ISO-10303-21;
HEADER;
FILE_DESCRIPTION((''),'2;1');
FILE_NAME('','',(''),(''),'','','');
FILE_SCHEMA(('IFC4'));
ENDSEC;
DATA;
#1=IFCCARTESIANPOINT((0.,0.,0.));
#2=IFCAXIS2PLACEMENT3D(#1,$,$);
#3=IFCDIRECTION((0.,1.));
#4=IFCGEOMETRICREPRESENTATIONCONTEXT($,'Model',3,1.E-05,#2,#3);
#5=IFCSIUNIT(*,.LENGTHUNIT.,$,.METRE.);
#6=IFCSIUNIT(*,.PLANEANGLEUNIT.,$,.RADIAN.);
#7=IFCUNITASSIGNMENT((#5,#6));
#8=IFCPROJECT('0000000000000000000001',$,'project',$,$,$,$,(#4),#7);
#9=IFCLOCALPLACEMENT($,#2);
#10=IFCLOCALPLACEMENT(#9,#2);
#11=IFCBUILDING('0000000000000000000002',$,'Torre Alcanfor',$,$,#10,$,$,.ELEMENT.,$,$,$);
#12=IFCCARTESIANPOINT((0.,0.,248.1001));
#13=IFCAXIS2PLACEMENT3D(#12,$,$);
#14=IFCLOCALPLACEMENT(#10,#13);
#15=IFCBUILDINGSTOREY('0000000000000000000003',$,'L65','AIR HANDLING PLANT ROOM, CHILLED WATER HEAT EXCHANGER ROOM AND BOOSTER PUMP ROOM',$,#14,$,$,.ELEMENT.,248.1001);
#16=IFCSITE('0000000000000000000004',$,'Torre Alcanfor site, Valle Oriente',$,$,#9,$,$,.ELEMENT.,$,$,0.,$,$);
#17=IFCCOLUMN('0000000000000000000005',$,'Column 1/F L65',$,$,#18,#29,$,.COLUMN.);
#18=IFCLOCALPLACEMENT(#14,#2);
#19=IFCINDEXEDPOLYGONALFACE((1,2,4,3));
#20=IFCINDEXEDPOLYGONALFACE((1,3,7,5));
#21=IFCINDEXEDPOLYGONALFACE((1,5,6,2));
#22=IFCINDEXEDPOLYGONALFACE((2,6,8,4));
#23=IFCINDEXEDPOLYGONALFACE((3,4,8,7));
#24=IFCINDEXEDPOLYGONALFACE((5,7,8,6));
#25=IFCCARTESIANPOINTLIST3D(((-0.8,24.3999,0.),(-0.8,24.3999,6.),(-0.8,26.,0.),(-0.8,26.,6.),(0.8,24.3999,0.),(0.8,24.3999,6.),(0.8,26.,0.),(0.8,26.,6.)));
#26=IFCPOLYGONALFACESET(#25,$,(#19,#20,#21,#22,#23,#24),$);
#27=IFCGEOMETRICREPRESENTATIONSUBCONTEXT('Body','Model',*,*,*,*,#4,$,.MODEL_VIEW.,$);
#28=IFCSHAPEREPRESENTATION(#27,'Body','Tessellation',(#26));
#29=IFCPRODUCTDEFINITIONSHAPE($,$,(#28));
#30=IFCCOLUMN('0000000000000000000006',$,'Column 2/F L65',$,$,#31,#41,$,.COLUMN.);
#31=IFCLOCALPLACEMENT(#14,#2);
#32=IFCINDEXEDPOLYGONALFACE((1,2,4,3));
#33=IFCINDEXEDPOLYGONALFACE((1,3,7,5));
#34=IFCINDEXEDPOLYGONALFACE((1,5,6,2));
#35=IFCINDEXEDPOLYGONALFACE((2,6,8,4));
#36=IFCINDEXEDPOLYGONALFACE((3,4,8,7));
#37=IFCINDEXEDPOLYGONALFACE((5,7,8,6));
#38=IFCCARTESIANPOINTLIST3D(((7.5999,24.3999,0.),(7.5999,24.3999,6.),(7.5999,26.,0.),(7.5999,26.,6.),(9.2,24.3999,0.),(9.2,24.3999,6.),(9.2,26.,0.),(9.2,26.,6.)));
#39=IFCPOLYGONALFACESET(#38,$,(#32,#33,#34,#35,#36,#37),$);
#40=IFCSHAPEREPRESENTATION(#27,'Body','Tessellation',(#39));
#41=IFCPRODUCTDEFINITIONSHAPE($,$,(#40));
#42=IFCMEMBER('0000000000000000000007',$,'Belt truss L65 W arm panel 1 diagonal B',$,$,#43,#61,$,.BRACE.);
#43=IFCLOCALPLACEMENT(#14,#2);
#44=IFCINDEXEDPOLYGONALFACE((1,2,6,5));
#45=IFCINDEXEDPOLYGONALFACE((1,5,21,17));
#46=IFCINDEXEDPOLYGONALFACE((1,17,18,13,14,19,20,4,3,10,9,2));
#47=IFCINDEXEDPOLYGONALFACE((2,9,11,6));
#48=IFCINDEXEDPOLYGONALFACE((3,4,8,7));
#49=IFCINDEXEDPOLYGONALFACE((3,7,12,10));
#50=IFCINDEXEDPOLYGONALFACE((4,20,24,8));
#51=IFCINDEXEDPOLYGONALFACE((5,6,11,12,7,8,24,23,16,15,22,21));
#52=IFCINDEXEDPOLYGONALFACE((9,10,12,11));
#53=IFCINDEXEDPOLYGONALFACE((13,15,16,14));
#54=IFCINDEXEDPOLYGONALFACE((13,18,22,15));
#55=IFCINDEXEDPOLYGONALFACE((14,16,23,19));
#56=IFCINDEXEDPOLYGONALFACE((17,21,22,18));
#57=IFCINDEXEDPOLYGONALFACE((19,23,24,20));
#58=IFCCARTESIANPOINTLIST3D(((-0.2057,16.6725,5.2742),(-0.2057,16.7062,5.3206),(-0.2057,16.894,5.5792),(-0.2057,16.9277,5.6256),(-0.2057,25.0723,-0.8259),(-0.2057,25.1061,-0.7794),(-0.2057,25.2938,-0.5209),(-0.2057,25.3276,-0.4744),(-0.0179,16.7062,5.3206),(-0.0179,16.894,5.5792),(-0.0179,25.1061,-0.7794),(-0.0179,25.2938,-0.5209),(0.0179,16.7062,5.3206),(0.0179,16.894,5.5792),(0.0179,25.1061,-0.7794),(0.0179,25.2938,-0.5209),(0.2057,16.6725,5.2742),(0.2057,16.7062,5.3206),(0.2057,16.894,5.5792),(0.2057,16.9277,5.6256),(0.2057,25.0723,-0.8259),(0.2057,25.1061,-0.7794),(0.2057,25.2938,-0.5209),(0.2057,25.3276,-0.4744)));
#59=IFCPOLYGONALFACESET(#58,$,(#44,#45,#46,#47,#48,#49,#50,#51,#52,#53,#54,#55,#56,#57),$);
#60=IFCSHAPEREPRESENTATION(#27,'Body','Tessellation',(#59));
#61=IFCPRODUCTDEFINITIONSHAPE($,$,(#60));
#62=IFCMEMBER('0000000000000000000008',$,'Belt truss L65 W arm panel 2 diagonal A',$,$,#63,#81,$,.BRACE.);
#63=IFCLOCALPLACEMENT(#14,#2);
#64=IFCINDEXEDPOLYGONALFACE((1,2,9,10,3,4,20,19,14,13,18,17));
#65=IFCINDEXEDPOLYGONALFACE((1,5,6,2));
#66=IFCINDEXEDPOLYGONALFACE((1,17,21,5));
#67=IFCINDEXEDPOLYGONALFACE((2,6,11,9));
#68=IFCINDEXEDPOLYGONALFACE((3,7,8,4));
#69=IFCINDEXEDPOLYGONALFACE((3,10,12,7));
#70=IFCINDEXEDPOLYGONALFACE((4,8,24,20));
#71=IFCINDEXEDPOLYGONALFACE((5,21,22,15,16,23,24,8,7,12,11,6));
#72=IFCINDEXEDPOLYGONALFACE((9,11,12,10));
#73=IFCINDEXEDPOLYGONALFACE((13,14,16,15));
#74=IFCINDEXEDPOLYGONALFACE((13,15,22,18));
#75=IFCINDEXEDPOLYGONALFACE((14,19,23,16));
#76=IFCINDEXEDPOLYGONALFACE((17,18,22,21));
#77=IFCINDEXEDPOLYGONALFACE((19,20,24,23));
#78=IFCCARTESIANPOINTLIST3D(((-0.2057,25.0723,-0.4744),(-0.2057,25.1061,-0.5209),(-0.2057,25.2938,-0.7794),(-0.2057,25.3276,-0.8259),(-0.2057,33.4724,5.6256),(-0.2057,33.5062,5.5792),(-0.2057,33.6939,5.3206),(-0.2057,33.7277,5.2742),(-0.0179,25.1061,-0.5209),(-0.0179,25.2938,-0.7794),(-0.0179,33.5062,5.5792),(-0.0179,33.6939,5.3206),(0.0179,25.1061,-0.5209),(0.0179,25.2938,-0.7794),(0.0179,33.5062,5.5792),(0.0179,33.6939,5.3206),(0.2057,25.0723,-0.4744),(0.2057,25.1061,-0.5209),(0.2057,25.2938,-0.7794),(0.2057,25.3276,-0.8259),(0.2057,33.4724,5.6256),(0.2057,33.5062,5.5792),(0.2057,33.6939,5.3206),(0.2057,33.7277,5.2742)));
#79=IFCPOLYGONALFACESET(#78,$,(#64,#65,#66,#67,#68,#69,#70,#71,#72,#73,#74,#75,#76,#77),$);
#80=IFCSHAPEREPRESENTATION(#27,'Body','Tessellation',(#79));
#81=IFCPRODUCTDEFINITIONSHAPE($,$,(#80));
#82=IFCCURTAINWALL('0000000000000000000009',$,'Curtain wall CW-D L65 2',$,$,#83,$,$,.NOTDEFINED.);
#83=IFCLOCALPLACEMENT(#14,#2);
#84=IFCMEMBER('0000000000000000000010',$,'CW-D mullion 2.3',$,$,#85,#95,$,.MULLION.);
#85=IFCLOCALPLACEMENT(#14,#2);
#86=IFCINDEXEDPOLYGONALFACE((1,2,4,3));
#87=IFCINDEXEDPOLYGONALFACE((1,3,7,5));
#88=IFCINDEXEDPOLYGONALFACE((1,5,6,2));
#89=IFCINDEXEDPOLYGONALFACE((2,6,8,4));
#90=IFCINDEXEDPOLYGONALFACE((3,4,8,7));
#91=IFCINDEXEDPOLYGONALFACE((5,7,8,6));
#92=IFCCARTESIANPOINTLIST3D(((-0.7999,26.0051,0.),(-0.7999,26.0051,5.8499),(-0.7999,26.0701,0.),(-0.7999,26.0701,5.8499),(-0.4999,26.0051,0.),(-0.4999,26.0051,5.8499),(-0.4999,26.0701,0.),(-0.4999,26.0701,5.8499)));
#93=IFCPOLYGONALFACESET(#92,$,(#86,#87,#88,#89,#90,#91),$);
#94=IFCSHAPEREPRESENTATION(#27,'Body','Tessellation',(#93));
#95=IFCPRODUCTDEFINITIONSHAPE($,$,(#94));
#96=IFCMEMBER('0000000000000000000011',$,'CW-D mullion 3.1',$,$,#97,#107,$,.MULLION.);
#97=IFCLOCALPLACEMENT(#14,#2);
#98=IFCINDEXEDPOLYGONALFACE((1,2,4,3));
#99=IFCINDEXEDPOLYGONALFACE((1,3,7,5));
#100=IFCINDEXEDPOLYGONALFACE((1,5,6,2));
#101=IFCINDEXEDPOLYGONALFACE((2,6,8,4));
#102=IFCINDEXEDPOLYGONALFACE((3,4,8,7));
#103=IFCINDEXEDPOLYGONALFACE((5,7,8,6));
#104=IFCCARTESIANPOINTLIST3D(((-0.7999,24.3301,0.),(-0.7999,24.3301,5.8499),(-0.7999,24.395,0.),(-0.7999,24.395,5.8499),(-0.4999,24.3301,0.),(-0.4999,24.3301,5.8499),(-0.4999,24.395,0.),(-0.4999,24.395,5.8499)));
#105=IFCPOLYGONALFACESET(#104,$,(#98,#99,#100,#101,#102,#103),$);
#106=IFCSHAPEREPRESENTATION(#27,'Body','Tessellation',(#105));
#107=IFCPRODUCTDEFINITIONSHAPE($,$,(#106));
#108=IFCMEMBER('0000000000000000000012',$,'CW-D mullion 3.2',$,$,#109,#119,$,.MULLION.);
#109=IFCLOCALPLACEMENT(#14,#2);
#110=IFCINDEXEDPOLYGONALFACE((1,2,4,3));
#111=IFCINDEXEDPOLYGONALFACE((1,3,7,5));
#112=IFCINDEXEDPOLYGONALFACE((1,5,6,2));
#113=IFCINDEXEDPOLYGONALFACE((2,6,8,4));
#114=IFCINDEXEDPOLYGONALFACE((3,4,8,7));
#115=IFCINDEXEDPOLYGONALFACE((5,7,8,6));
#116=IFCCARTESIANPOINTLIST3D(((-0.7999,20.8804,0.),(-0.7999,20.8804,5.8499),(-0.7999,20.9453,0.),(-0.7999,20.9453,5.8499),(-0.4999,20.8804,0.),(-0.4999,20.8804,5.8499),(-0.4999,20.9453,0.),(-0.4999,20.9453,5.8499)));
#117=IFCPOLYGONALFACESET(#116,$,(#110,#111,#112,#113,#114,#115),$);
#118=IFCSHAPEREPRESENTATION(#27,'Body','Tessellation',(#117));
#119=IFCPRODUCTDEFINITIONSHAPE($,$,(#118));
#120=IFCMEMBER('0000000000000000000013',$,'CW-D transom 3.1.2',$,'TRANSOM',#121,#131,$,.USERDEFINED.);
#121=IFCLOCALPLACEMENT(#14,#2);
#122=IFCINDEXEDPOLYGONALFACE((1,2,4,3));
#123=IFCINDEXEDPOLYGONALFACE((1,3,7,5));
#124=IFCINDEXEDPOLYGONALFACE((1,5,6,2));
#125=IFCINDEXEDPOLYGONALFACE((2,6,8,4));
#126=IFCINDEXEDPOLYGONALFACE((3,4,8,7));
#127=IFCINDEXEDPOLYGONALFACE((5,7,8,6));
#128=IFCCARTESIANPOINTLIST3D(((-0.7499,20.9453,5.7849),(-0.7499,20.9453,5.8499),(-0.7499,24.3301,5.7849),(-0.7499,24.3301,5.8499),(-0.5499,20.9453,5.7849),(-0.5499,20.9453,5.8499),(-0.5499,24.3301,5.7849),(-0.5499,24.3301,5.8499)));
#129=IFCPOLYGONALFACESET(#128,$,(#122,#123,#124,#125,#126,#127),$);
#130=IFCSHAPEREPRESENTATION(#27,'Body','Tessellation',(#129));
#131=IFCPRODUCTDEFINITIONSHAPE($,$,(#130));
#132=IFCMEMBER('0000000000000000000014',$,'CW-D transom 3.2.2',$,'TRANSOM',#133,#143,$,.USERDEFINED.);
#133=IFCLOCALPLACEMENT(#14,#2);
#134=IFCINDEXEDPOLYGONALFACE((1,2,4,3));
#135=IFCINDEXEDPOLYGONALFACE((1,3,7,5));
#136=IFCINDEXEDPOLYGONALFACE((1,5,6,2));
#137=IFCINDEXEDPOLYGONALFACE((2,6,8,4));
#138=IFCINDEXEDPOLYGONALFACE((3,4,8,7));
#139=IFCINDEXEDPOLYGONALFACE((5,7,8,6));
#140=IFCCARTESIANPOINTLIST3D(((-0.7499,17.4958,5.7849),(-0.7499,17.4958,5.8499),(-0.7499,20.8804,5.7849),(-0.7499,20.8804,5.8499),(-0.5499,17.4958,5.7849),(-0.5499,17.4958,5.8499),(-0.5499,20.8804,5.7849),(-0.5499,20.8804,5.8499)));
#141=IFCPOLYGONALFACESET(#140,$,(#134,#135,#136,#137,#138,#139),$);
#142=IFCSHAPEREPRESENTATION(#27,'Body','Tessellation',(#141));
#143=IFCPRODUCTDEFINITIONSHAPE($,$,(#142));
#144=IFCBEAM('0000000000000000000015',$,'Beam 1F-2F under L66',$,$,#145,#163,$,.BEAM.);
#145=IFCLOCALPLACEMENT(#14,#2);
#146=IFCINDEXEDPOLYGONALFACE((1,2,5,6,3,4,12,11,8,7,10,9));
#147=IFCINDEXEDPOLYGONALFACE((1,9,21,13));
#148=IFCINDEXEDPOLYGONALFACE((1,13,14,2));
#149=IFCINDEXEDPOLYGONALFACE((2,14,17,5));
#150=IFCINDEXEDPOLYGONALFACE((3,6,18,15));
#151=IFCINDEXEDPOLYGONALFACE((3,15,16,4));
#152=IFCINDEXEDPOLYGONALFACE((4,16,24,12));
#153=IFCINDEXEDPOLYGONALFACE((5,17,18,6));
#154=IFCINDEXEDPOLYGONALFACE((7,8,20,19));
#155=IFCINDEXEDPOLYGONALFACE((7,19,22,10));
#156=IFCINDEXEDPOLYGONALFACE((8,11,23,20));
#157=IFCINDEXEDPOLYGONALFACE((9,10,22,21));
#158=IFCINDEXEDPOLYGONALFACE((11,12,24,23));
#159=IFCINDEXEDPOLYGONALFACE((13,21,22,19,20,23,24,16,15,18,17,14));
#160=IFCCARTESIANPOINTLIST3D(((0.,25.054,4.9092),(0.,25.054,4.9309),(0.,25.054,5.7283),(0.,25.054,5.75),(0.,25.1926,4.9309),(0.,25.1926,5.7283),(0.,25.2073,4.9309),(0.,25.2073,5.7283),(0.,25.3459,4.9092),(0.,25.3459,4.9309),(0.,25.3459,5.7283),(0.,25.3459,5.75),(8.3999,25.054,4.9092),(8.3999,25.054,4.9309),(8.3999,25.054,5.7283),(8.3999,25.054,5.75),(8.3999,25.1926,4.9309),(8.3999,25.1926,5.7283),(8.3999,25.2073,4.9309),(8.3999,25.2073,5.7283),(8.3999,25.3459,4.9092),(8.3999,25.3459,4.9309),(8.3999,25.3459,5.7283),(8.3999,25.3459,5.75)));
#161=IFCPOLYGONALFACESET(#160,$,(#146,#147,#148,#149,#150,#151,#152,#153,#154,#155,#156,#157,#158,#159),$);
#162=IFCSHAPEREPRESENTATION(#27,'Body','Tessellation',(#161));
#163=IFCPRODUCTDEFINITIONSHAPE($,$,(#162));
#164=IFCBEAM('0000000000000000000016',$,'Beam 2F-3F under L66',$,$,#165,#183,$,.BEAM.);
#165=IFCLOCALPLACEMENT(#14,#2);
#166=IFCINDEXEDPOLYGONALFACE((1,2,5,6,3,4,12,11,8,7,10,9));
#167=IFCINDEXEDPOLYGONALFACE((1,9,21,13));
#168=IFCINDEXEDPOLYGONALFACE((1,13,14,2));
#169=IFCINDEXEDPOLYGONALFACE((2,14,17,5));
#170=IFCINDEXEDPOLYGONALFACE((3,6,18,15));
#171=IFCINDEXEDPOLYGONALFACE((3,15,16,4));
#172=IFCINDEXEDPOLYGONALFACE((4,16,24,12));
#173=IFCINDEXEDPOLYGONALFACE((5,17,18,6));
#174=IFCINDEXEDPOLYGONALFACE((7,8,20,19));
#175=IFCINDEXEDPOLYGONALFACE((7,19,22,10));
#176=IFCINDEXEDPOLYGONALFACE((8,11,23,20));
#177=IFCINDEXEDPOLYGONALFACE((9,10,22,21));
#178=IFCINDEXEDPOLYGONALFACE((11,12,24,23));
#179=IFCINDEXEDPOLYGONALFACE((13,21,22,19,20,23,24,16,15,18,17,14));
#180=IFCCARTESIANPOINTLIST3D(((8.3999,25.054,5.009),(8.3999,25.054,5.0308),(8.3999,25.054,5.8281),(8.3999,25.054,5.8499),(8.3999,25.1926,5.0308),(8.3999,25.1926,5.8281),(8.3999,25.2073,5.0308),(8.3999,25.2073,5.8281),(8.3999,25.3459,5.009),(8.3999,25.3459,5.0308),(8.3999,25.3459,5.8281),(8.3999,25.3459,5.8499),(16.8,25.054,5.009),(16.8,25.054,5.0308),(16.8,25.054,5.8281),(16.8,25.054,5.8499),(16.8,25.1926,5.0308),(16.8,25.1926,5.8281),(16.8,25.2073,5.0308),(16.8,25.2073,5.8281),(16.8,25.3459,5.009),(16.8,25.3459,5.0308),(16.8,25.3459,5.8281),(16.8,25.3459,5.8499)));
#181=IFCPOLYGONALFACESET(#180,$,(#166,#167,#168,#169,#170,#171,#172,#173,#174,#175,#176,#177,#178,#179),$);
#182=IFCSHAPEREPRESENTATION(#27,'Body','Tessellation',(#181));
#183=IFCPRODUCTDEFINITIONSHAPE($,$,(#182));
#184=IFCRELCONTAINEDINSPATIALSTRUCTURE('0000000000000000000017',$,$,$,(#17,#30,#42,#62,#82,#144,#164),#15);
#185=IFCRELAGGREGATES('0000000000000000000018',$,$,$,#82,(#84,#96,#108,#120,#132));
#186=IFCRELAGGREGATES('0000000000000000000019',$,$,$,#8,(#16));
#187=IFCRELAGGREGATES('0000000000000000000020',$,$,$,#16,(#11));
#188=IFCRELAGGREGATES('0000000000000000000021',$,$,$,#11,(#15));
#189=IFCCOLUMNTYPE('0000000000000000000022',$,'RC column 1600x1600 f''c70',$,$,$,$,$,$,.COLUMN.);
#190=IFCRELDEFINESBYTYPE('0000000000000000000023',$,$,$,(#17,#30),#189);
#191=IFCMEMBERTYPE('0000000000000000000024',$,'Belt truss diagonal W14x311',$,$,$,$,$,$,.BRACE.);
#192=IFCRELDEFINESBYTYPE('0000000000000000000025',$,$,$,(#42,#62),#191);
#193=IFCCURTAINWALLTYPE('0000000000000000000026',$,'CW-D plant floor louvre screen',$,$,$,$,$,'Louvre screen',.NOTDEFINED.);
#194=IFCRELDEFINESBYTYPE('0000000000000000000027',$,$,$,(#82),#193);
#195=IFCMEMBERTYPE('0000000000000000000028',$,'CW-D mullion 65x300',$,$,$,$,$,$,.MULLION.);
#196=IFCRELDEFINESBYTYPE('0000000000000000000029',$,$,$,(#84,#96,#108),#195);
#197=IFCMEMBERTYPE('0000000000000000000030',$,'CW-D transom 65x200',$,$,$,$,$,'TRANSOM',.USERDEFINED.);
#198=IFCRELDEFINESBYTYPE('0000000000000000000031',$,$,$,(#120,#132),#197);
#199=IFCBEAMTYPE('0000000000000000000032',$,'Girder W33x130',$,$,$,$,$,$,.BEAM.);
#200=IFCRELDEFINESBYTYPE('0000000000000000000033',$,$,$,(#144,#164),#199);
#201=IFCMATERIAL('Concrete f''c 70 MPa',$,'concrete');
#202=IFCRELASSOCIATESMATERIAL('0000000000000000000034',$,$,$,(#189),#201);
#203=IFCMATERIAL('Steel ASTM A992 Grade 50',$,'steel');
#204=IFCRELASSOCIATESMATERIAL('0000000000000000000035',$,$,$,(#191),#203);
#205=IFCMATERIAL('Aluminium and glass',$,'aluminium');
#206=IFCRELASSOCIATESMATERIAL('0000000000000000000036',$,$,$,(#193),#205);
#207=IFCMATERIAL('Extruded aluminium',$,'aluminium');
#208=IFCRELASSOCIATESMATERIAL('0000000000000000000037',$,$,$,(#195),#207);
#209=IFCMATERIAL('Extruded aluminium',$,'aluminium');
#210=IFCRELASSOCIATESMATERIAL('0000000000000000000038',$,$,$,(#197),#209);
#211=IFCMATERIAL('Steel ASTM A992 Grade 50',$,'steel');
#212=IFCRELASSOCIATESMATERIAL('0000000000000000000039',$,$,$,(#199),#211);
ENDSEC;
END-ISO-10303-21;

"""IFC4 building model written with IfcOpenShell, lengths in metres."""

from ifc_helpers import new_model, si_unit, direction, frame, origin, origin_2d, place, context, subcontext, project, spatial, rectangle, i_section, extrude, material, material_profile, profile_set, type_object, element, aggregate, save


model = new_model("IFC4")

# Units and contexts
model_context = context("Model", 3, precision=1e-05, world=origin(), true_north=direction((0.0, 1.0)))
body_context = subcontext(model_context, "Body", "Model", "MODEL_VIEW")
ifc_project = project(units=[si_unit("LENGTHUNIT", "METRE"), si_unit("PLANEANGLEUNIT", "RADIAN")], contexts=[model_context])

# Site, building, storey
site_placement = place(None, origin())
site = spatial("IfcSite", under=ifc_project, at=site_placement, Name="Torre Alcanfor site, Valle Oriente", CompositionType="ELEMENT", RefElevation=0.0)
building_placement = place(site_placement, origin())
building = spatial("IfcBuilding", under=site, at=building_placement, Name="Torre Alcanfor", CompositionType="ELEMENT")
storey_placement = place(building_placement, frame((0.0, 0.0, 248.1001)))
storey = spatial("IfcBuildingStorey", under=building, at=storey_placement, Name="L65", Description="AIR HANDLING PLANT ROOM, CHILLED WATER HEAT EXCHANGER ROOM AND BOOSTER PUMP ROOM", CompositionType="ELEMENT", Elevation=248.1001)

# Columns
ifc_material_1 = material(Name="Concrete f'c 70 MPa", Category="concrete")
ifc_material_profile_1 = material_profile(ifc_material_1, rectangle(XDim=1.6001, YDim=1.6001, at=origin_2d()), Name="1600x1600")
ifc_profile_set_1 = profile_set([ifc_material_profile_1], Name="Concrete f'c 70 MPa")
column_type = type_object("IfcColumnType", Name="RC column 1600x1600 f'c70", PredefinedType="COLUMN", material=ifc_profile_set_1)
for number, where, z_axis, x_axis, name in (
    (1, (0.0, 25.2, 0.0), (0.0, 0.0, 1.0), (1.0, 0.0, 0.0), "Column 1/F L65"),
    (2, (8.3999, 25.2, 0.0), (0.0, 0.0, 1.0), (1.0, 0.0, 0.0), "Column 2/F L65"),
):
    element("IfcColumn", number, at=place(storey_placement, frame(where, z_axis=z_axis, x_axis=x_axis)), inside=storey, type_object=column_type, Name=name, PredefinedType="COLUMN", context=body_context, shape_type="SweptSolid", body=[
        extrude(rectangle(XDim=1.6001, YDim=1.6001, at=origin_2d()), origin(), (0.0, 0.0, 1.0), 6.0),
    ])

# Members
ifc_material_2 = material(Name="Steel ASTM A992 Grade 50", Category="steel")
ifc_material_profile_2 = material_profile(ifc_material_2, i_section(OverallWidth=0.4114, OverallDepth=0.4343, WebThickness=0.0359, FlangeThickness=0.0574, at=origin_2d()), Name="W14x311")
ifc_profile_set_2 = profile_set([ifc_material_profile_2], Name="Steel ASTM A992 Grade 50")
member_type_1 = type_object("IfcMemberType", Name="Belt truss diagonal W14x311", PredefinedType="BRACE", material=ifc_profile_set_2)
member_1_placement = place(storey_placement, frame((0.0, 25.2, -0.6501), z_axis=(0.0, -0.809145, 0.587609), x_axis=(1.0, 0.0, 0.0)))
element("IfcMember", 3, at=member_1_placement, inside=storey, type_object=member_type_1, Name="Belt truss L65 W arm panel 1 diagonal B", PredefinedType="BRACE", context=body_context, shape_type="SweptSolid", body=[
    extrude(i_section(OverallWidth=0.4114, OverallDepth=0.4343, WebThickness=0.0359, FlangeThickness=0.0574, at=origin_2d()), origin(), (0.0, 0.0, 1.0), 10.3811),
])
member_2_placement = place(storey_placement, frame((0.0, 25.2, -0.6501), z_axis=(0.0, 0.809153, 0.587598), x_axis=(-1.0, 0.0, 0.0)))
element("IfcMember", 4, at=member_2_placement, inside=storey, type_object=member_type_1, Name="Belt truss L65 W arm panel 2 diagonal A", PredefinedType="BRACE", context=body_context, shape_type="SweptSolid", body=[
    extrude(i_section(OverallWidth=0.4114, OverallDepth=0.4343, WebThickness=0.0359, FlangeThickness=0.0574, at=origin_2d()), origin(), (0.0, 0.0, 1.0), 10.3813),
])

# Curtain wall, members
ifc_material_3 = material(Name="Aluminium and glass", Category="aluminium")
curtain_wall_type = type_object("IfcCurtainWallType", Name="CW-D plant floor louvre screen", ElementType="Louvre screen", PredefinedType="NOTDEFINED", material=ifc_material_3)
curtain_wall_placement = place(storey_placement, origin())
curtain_wall = element("IfcCurtainWall", 5, at=curtain_wall_placement, inside=storey, type_object=curtain_wall_type, Name="Curtain wall CW-D L65 2", PredefinedType="NOTDEFINED")
ifc_material_4 = material(Name="Extruded aluminium", Category="aluminium")
ifc_material_profile_3 = material_profile(ifc_material_4, rectangle(XDim=0.3, YDim=0.0649, at=origin_2d()), Name="CW-D mullion 65x300")
ifc_profile_set_3 = profile_set([ifc_material_profile_3], Name="Extruded aluminium")
member_type_2 = type_object("IfcMemberType", Name="CW-D mullion 65x300", PredefinedType="MULLION", material=ifc_profile_set_3)
member_3_placement = place(storey_placement, frame((-0.6499, 26.0376, 0.0), z_axis=(0.0, 0.0, 1.0), x_axis=(1.0, 0.0, 0.0)))
member_3 = element("IfcMember", 6, at=member_3_placement, type_object=member_type_2, Name="CW-D mullion 2.3", PredefinedType="MULLION", context=body_context, shape_type="SweptSolid", body=[
    extrude(rectangle(XDim=0.3, YDim=0.0649, at=origin_2d()), origin(), (0.0, 0.0, 1.0), 5.8499),
])
member_4_placement = place(storey_placement, frame((-0.6499, 24.3625, 0.0), z_axis=(0.0, 0.0, 1.0), x_axis=(1.0, 0.0, 0.0)))
member_4 = element("IfcMember", 7, at=member_4_placement, type_object=member_type_2, Name="CW-D mullion 3.1", PredefinedType="MULLION", context=body_context, shape_type="SweptSolid", body=[
    extrude(rectangle(XDim=0.3, YDim=0.0649, at=origin_2d()), origin(), (0.0, 0.0, 1.0), 5.8499),
])
member_5_placement = place(storey_placement, frame((-0.6499, 20.9128, 0.0), z_axis=(0.0, 0.0, 1.0), x_axis=(1.0, 0.0, 0.0)))
member_5 = element("IfcMember", 8, at=member_5_placement, type_object=member_type_2, Name="CW-D mullion 3.2", PredefinedType="MULLION", context=body_context, shape_type="SweptSolid", body=[
    extrude(rectangle(XDim=0.3, YDim=0.0649, at=origin_2d()), origin(), (0.0, 0.0, 1.0), 5.8499),
])
ifc_material_5 = material(Name="Extruded aluminium", Category="aluminium")
ifc_material_profile_4 = material_profile(ifc_material_5, rectangle(XDim=0.2, YDim=0.0649, at=origin_2d()), Name="CW-D transom 200x65")
ifc_profile_set_4 = profile_set([ifc_material_profile_4], Name="Extruded aluminium")
member_type_3 = type_object("IfcMemberType", Name="CW-D transom 65x200", ElementType="TRANSOM", PredefinedType="USERDEFINED", material=ifc_profile_set_4)
member_6_placement = place(storey_placement, frame((-0.6499, 24.3301, 5.8174), z_axis=(0.0, -1.0, 0.0), x_axis=(1.0, 0.0, 0.0)))
member_6 = element("IfcMember", 9, at=member_6_placement, type_object=member_type_3, Name="CW-D transom 3.1.2", ObjectType="TRANSOM", PredefinedType="USERDEFINED", context=body_context, shape_type="SweptSolid", body=[
    extrude(rectangle(XDim=0.2, YDim=0.0649, at=origin_2d()), origin(), (0.0, 0.0, 1.0), 3.3848),
])
member_7_placement = place(storey_placement, frame((-0.6499, 20.8804, 5.8174), z_axis=(0.0, -1.0, 0.0), x_axis=(1.0, 0.0, 0.0)))
member_7 = element("IfcMember", 10, at=member_7_placement, type_object=member_type_3, Name="CW-D transom 3.2.2", ObjectType="TRANSOM", PredefinedType="USERDEFINED", context=body_context, shape_type="SweptSolid", body=[
    extrude(rectangle(XDim=0.2, YDim=0.0649, at=origin_2d()), origin(), (0.0, 0.0, 1.0), 3.3845),
])

# Beams
ifc_material_6 = material(Name="Steel ASTM A992 Grade 50", Category="steel")
ifc_material_profile_5 = material_profile(ifc_material_6, i_section(OverallWidth=0.292, OverallDepth=0.8408, WebThickness=0.0146, FlangeThickness=0.0217, at=origin_2d()), Name="W33x130")
ifc_profile_set_5 = profile_set([ifc_material_profile_5], Name="Steel ASTM A992 Grade 50")
beam_type_1 = type_object("IfcBeamType", Name="Girder W33x130", PredefinedType="BEAM", material=ifc_profile_set_5)
beam_1_placement = place(storey_placement, frame((0.0, 25.2, 5.3296), z_axis=(1.0, 0.0, 0.0), x_axis=(0.0, 1.0, 0.0)))
element("IfcBeam", 11, at=beam_1_placement, inside=storey, type_object=beam_type_1, Name="Beam 1F-2F under L66", PredefinedType="BEAM", context=body_context, shape_type="SweptSolid", body=[
    extrude(i_section(OverallWidth=0.292, OverallDepth=0.8408, WebThickness=0.0146, FlangeThickness=0.0217, at=origin_2d()), origin(), (0.0, 0.0, 1.0), 8.3999),
])
for number, where, z_axis, x_axis, name in (
    (12, (8.3999, 25.2, 5.4294), (1.0, 0.0, 0.0), (0.0, 1.0, 0.0), "Beam 2F-3F under L66"),
):
    element("IfcBeam", number, at=place(storey_placement, frame(where, z_axis=z_axis, x_axis=x_axis)), inside=storey, type_object=beam_type_1, Name=name, PredefinedType="BEAM", context=body_context, shape_type="SweptSolid", body=[
        extrude(i_section(OverallWidth=0.292, OverallDepth=0.8408, WebThickness=0.0146, FlangeThickness=0.0217, at=origin_2d()), origin(), (0.0, 0.0, 1.0), 8.4001),
    ])

aggregate(curtain_wall, [member_3, member_4, member_5, member_6, member_7])

save(model, "model.ifc")
